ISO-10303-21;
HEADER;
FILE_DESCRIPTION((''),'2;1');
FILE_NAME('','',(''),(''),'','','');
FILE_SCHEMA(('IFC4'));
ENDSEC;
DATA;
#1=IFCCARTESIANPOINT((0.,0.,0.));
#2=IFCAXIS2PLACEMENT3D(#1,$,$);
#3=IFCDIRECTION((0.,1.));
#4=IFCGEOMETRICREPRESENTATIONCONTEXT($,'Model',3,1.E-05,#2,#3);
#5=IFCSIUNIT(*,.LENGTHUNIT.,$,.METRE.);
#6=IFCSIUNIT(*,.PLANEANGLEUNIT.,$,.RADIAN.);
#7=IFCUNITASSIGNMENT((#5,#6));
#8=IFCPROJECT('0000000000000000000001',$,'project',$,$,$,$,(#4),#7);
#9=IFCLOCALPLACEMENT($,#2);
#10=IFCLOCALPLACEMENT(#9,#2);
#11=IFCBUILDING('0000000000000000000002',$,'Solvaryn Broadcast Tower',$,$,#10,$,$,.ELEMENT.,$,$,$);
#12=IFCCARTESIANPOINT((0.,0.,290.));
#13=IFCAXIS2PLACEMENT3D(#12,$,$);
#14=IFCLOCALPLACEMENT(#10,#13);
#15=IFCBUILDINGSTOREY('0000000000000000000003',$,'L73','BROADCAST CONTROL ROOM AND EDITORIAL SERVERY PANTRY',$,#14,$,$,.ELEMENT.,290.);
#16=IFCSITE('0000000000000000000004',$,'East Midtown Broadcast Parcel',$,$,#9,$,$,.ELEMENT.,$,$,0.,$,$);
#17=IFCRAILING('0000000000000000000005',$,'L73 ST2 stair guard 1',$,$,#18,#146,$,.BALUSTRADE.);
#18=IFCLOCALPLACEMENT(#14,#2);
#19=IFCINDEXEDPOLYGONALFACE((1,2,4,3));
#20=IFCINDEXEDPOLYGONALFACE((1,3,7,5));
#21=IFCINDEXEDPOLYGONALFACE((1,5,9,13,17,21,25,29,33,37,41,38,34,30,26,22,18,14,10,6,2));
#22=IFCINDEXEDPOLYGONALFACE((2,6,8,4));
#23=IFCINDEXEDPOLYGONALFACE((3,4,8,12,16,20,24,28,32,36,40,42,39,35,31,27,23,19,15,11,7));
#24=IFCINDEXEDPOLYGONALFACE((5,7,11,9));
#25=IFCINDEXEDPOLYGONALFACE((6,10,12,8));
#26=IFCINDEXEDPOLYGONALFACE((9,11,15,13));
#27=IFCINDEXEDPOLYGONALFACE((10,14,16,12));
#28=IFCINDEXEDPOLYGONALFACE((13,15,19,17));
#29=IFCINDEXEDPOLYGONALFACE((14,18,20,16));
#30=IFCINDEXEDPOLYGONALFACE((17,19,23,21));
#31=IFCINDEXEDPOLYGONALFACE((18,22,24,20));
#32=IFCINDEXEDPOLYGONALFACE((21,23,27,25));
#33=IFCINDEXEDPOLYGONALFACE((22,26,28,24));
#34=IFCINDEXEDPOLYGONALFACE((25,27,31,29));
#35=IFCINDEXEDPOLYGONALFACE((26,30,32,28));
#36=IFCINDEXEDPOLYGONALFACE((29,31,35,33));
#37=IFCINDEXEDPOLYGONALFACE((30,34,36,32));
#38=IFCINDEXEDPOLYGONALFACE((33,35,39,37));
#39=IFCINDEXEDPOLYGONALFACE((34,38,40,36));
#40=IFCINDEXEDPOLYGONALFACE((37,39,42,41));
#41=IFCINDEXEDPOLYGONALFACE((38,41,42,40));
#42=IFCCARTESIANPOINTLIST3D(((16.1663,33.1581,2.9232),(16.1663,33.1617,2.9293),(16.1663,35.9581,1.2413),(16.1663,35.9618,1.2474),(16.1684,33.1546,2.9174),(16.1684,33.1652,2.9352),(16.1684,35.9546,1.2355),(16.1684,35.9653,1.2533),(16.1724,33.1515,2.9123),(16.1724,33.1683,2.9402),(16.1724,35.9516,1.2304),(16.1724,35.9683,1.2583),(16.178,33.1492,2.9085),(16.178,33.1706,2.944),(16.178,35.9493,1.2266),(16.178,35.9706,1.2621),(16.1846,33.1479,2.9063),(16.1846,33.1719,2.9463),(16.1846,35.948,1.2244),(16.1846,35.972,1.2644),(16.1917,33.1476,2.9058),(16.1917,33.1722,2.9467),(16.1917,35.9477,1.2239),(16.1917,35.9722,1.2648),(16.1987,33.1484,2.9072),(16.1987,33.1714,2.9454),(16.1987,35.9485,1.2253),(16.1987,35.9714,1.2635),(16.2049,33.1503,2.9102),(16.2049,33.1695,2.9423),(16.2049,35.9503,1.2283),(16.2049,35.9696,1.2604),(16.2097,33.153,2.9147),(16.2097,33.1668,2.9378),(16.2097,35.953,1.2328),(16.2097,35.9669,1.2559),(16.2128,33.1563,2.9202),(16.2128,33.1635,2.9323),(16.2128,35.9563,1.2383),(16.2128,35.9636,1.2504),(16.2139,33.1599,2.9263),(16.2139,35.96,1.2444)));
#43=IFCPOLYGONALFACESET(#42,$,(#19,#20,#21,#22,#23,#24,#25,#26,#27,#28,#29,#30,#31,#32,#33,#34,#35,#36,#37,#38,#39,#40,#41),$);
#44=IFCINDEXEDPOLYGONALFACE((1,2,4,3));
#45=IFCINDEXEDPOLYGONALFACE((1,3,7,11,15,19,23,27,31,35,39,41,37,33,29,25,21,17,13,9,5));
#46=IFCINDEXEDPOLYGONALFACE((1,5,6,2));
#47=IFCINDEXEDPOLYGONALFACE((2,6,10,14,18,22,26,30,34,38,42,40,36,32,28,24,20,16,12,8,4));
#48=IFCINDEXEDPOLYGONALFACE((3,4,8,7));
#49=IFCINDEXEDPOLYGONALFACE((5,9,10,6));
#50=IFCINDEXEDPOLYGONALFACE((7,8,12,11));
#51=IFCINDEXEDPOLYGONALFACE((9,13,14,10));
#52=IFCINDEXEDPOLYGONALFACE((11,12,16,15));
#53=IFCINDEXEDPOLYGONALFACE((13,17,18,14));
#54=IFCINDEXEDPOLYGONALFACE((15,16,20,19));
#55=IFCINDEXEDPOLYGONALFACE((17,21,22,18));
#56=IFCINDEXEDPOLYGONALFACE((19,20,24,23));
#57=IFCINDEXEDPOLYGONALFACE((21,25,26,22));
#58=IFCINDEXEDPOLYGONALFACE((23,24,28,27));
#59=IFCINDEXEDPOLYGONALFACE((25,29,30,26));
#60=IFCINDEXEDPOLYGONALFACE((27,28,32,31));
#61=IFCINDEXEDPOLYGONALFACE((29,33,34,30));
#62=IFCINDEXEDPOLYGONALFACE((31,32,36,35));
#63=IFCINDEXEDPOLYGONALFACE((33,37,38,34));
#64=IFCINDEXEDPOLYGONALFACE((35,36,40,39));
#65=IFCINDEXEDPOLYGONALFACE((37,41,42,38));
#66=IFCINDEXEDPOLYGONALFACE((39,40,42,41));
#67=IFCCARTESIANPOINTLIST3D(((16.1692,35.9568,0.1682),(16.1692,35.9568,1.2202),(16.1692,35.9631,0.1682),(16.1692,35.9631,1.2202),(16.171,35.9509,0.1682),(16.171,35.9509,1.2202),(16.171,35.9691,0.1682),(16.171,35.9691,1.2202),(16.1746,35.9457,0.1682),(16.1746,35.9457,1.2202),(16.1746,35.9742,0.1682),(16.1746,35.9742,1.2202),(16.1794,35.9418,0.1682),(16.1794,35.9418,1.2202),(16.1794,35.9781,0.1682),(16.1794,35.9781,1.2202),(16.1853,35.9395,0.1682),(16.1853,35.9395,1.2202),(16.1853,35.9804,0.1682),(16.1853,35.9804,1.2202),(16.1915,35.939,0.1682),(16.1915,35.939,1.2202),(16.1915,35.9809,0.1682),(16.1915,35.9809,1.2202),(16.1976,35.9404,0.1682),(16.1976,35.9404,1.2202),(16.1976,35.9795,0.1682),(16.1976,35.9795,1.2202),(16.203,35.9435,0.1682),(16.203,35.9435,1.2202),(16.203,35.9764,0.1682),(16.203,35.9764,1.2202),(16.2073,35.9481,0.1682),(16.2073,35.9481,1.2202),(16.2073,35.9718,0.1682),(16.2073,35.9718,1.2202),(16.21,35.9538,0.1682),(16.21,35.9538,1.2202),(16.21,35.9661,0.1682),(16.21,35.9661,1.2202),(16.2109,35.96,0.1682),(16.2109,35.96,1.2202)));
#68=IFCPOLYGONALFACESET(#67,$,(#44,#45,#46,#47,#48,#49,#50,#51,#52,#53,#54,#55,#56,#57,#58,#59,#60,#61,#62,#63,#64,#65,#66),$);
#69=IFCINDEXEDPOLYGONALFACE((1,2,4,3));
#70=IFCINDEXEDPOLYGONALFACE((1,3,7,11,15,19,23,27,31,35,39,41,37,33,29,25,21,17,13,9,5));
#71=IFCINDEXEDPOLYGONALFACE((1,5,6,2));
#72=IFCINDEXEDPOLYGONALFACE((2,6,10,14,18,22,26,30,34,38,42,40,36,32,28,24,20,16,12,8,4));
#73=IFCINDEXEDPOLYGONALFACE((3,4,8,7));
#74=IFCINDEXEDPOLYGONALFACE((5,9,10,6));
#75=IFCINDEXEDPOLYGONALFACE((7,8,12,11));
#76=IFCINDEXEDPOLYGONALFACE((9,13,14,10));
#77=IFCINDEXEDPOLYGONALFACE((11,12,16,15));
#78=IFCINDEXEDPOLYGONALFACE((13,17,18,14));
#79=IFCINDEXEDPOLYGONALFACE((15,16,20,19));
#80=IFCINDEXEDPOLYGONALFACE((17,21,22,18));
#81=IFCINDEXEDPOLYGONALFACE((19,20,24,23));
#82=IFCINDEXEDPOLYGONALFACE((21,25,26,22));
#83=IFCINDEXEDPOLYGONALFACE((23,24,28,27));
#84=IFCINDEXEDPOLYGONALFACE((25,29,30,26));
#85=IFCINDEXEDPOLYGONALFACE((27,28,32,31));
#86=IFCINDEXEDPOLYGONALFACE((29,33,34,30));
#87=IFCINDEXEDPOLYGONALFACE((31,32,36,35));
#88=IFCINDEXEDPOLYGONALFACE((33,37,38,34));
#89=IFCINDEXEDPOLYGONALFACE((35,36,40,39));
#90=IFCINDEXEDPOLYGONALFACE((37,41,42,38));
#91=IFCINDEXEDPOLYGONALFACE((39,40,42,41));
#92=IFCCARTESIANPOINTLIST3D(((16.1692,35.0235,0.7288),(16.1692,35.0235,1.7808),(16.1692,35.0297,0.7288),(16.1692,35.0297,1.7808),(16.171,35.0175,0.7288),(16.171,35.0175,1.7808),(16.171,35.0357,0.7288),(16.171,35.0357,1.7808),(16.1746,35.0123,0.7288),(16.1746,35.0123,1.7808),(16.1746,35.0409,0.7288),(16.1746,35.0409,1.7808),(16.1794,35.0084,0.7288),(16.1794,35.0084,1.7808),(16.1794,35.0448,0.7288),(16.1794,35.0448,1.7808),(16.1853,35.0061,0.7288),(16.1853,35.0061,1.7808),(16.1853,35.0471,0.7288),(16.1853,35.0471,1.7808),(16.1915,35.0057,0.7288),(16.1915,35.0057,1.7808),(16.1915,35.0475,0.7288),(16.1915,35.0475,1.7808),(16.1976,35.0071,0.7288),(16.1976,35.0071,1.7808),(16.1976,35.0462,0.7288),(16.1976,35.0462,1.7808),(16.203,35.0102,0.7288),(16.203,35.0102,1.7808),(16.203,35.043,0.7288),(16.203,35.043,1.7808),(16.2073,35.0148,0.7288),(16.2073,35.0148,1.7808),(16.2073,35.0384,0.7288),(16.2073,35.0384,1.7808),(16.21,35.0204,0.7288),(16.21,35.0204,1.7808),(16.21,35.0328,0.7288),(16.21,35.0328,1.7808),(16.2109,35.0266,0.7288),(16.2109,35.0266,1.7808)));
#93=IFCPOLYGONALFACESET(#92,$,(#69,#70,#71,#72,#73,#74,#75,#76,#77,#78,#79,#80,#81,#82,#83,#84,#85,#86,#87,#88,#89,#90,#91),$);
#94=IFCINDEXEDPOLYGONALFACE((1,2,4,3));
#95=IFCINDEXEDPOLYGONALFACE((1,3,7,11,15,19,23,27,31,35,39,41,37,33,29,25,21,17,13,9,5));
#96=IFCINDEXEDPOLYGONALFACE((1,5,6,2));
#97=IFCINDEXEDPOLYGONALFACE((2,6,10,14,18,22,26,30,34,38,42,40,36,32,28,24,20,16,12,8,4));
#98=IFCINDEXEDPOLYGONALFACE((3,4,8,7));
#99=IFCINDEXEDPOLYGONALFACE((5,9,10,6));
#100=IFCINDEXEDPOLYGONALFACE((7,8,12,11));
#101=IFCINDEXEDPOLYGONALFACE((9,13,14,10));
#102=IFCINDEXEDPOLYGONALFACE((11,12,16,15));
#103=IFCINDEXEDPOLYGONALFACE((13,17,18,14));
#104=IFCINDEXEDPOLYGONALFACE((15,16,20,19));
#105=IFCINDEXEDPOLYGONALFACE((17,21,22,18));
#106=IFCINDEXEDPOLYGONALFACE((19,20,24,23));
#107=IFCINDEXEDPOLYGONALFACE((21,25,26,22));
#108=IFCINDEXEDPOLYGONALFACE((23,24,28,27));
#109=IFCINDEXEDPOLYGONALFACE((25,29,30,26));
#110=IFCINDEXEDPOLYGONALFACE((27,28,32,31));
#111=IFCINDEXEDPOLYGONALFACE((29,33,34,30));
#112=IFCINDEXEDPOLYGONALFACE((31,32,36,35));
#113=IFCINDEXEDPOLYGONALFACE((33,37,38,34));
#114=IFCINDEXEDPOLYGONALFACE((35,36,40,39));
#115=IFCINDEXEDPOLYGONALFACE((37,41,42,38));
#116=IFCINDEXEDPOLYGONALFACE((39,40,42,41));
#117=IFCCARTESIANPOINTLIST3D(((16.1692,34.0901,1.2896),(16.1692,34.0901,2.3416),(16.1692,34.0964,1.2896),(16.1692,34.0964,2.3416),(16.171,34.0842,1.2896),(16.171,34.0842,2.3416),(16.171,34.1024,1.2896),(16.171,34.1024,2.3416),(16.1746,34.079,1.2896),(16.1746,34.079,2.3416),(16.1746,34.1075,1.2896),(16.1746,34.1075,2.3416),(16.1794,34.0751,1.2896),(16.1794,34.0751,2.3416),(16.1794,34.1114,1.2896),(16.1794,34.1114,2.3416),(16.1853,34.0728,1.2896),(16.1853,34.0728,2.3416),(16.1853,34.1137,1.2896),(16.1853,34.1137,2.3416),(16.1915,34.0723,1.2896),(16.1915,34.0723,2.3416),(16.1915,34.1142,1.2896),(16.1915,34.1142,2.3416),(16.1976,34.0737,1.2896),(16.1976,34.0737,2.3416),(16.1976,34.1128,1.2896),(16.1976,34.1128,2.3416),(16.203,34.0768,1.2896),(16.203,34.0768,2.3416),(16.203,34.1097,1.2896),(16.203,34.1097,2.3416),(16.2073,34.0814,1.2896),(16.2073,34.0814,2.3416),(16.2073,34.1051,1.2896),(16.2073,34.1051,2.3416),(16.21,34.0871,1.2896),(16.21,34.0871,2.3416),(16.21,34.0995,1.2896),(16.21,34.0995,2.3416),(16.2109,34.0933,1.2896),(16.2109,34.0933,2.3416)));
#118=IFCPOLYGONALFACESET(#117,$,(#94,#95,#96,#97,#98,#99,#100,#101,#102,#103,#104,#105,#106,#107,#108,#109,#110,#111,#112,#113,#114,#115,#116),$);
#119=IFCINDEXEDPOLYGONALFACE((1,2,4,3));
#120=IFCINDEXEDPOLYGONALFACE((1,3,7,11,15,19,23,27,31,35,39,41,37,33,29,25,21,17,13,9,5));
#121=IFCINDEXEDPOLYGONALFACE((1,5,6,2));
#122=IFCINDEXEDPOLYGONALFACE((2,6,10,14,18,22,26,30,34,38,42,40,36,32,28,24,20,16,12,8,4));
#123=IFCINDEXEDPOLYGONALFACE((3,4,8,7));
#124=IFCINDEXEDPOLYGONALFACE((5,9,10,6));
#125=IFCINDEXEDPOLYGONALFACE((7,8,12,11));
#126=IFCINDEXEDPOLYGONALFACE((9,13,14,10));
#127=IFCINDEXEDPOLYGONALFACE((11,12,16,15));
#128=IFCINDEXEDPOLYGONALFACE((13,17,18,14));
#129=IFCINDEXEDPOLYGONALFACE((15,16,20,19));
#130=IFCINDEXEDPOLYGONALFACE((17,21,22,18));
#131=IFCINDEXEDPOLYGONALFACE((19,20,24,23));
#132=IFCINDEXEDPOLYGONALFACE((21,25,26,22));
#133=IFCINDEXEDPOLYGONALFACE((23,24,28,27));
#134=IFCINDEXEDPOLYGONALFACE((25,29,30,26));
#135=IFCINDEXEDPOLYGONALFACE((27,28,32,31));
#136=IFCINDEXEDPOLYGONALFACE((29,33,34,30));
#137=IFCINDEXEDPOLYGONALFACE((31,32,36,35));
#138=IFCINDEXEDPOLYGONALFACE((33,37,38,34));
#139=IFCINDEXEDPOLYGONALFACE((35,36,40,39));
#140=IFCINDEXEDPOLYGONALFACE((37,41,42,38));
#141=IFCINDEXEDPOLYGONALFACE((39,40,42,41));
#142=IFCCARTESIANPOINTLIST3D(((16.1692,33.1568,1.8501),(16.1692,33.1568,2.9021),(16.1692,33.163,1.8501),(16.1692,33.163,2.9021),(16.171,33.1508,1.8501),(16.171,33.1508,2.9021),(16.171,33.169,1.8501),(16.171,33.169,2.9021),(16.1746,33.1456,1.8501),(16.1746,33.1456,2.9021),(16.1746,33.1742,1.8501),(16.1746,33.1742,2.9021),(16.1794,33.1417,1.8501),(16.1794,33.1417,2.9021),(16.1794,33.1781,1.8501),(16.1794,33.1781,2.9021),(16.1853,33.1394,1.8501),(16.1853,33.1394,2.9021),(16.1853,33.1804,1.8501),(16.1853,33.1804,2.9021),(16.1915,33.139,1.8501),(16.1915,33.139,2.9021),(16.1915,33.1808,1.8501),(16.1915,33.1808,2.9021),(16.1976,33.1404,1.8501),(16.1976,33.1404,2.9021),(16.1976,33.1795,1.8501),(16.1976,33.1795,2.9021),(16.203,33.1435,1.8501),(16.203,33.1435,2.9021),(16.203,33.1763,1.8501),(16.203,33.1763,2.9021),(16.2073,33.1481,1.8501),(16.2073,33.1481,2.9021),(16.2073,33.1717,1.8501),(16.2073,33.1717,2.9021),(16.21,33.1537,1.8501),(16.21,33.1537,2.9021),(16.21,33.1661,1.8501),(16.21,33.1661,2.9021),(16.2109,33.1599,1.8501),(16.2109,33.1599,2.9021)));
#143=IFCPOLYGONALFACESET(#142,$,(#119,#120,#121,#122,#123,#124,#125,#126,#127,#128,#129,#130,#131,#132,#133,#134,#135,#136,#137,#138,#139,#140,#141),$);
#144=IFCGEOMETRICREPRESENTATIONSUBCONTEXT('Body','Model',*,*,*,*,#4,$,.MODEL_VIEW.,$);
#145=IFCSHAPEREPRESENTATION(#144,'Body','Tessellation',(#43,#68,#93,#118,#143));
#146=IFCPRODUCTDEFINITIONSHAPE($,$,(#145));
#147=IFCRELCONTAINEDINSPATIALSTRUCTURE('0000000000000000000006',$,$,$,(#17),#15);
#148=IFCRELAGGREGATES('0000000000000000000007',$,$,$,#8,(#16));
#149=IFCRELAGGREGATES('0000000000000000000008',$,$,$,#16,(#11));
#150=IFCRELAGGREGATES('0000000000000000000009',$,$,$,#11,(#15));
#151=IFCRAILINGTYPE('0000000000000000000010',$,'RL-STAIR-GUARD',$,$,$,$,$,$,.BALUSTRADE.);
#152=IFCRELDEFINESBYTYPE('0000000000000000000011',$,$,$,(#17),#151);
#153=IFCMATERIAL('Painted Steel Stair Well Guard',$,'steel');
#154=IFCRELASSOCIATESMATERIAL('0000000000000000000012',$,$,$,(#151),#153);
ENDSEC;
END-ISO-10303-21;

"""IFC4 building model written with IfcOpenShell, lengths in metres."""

from ifc_helpers import new_model, si_unit, direction, frame, origin, origin_2d, place, context, subcontext, project, spatial, circle, extrude, material, type_object, element, save


model = new_model("IFC4")

# Units and contexts
model_context = context("Model", 3, precision=1e-05, world=origin(), true_north=direction((0.0, 1.0)))
body_context = subcontext(model_context, "Body", "Model", "MODEL_VIEW")
ifc_project = project(units=[si_unit("LENGTHUNIT", "METRE"), si_unit("PLANEANGLEUNIT", "RADIAN")], contexts=[model_context])

# Site, building, storey
site_placement = place(None, origin())
site = spatial("IfcSite", under=ifc_project, at=site_placement, Name="East Midtown Broadcast Parcel", CompositionType="ELEMENT", RefElevation=0.0)
building_placement = place(site_placement, origin())
building = spatial("IfcBuilding", under=site, at=building_placement, Name="Solvaryn Broadcast Tower", CompositionType="ELEMENT")
storey_placement = place(building_placement, frame((0.0, 0.0, 290.0)))
storey = spatial("IfcBuildingStorey", under=building, at=storey_placement, Name="L73", Description="BROADCAST CONTROL ROOM AND EDITORIAL SERVERY PANTRY", CompositionType="ELEMENT", Elevation=290.0)

# Railing
ifc_material_1 = material(Name="Painted Steel Stair Well Guard", Category="steel")
railing_type_1 = type_object("IfcRailingType", Name="RL-STAIR-GUARD", PredefinedType="BALUSTRADE", material=ifc_material_1)
railing_1_placement = place(storey_placement, frame((16.1899, 35.96, 0.1682)))
element("IfcRailing", 1, at=railing_1_placement, inside=storey, type_object=railing_type_1, Name="L73 ST2 stair guard 1", PredefinedType="BALUSTRADE", context=body_context, shape_type="SweptSolid", body=[
    extrude(circle(Radius=0.0239, at=origin_2d()), frame((0.0, 0.0, 1.0762), z_axis=(0.0, -0.857242, 0.514913), x_axis=(1.0, 0.0, 0.0)), (0.0, 0.0, 1.0), 3.2664),
    extrude(circle(Radius=0.021, at=origin_2d()), origin(), (0.0, 0.0, 1.0), 1.052),
    extrude(circle(Radius=0.021, at=origin_2d()), frame((0.0, -0.9333, 0.5605)), (0.0, 0.0, 1.0), 1.052),
    extrude(circle(Radius=0.021, at=origin_2d()), frame((0.0, -1.8667, 1.1213)), (0.0, 0.0, 1.0), 1.052),
    extrude(circle(Radius=0.021, at=origin_2d()), frame((0.0, -2.8, 1.6819)), (0.0, 0.0, 1.0), 1.052),
])

save(model, "model.ifc")
